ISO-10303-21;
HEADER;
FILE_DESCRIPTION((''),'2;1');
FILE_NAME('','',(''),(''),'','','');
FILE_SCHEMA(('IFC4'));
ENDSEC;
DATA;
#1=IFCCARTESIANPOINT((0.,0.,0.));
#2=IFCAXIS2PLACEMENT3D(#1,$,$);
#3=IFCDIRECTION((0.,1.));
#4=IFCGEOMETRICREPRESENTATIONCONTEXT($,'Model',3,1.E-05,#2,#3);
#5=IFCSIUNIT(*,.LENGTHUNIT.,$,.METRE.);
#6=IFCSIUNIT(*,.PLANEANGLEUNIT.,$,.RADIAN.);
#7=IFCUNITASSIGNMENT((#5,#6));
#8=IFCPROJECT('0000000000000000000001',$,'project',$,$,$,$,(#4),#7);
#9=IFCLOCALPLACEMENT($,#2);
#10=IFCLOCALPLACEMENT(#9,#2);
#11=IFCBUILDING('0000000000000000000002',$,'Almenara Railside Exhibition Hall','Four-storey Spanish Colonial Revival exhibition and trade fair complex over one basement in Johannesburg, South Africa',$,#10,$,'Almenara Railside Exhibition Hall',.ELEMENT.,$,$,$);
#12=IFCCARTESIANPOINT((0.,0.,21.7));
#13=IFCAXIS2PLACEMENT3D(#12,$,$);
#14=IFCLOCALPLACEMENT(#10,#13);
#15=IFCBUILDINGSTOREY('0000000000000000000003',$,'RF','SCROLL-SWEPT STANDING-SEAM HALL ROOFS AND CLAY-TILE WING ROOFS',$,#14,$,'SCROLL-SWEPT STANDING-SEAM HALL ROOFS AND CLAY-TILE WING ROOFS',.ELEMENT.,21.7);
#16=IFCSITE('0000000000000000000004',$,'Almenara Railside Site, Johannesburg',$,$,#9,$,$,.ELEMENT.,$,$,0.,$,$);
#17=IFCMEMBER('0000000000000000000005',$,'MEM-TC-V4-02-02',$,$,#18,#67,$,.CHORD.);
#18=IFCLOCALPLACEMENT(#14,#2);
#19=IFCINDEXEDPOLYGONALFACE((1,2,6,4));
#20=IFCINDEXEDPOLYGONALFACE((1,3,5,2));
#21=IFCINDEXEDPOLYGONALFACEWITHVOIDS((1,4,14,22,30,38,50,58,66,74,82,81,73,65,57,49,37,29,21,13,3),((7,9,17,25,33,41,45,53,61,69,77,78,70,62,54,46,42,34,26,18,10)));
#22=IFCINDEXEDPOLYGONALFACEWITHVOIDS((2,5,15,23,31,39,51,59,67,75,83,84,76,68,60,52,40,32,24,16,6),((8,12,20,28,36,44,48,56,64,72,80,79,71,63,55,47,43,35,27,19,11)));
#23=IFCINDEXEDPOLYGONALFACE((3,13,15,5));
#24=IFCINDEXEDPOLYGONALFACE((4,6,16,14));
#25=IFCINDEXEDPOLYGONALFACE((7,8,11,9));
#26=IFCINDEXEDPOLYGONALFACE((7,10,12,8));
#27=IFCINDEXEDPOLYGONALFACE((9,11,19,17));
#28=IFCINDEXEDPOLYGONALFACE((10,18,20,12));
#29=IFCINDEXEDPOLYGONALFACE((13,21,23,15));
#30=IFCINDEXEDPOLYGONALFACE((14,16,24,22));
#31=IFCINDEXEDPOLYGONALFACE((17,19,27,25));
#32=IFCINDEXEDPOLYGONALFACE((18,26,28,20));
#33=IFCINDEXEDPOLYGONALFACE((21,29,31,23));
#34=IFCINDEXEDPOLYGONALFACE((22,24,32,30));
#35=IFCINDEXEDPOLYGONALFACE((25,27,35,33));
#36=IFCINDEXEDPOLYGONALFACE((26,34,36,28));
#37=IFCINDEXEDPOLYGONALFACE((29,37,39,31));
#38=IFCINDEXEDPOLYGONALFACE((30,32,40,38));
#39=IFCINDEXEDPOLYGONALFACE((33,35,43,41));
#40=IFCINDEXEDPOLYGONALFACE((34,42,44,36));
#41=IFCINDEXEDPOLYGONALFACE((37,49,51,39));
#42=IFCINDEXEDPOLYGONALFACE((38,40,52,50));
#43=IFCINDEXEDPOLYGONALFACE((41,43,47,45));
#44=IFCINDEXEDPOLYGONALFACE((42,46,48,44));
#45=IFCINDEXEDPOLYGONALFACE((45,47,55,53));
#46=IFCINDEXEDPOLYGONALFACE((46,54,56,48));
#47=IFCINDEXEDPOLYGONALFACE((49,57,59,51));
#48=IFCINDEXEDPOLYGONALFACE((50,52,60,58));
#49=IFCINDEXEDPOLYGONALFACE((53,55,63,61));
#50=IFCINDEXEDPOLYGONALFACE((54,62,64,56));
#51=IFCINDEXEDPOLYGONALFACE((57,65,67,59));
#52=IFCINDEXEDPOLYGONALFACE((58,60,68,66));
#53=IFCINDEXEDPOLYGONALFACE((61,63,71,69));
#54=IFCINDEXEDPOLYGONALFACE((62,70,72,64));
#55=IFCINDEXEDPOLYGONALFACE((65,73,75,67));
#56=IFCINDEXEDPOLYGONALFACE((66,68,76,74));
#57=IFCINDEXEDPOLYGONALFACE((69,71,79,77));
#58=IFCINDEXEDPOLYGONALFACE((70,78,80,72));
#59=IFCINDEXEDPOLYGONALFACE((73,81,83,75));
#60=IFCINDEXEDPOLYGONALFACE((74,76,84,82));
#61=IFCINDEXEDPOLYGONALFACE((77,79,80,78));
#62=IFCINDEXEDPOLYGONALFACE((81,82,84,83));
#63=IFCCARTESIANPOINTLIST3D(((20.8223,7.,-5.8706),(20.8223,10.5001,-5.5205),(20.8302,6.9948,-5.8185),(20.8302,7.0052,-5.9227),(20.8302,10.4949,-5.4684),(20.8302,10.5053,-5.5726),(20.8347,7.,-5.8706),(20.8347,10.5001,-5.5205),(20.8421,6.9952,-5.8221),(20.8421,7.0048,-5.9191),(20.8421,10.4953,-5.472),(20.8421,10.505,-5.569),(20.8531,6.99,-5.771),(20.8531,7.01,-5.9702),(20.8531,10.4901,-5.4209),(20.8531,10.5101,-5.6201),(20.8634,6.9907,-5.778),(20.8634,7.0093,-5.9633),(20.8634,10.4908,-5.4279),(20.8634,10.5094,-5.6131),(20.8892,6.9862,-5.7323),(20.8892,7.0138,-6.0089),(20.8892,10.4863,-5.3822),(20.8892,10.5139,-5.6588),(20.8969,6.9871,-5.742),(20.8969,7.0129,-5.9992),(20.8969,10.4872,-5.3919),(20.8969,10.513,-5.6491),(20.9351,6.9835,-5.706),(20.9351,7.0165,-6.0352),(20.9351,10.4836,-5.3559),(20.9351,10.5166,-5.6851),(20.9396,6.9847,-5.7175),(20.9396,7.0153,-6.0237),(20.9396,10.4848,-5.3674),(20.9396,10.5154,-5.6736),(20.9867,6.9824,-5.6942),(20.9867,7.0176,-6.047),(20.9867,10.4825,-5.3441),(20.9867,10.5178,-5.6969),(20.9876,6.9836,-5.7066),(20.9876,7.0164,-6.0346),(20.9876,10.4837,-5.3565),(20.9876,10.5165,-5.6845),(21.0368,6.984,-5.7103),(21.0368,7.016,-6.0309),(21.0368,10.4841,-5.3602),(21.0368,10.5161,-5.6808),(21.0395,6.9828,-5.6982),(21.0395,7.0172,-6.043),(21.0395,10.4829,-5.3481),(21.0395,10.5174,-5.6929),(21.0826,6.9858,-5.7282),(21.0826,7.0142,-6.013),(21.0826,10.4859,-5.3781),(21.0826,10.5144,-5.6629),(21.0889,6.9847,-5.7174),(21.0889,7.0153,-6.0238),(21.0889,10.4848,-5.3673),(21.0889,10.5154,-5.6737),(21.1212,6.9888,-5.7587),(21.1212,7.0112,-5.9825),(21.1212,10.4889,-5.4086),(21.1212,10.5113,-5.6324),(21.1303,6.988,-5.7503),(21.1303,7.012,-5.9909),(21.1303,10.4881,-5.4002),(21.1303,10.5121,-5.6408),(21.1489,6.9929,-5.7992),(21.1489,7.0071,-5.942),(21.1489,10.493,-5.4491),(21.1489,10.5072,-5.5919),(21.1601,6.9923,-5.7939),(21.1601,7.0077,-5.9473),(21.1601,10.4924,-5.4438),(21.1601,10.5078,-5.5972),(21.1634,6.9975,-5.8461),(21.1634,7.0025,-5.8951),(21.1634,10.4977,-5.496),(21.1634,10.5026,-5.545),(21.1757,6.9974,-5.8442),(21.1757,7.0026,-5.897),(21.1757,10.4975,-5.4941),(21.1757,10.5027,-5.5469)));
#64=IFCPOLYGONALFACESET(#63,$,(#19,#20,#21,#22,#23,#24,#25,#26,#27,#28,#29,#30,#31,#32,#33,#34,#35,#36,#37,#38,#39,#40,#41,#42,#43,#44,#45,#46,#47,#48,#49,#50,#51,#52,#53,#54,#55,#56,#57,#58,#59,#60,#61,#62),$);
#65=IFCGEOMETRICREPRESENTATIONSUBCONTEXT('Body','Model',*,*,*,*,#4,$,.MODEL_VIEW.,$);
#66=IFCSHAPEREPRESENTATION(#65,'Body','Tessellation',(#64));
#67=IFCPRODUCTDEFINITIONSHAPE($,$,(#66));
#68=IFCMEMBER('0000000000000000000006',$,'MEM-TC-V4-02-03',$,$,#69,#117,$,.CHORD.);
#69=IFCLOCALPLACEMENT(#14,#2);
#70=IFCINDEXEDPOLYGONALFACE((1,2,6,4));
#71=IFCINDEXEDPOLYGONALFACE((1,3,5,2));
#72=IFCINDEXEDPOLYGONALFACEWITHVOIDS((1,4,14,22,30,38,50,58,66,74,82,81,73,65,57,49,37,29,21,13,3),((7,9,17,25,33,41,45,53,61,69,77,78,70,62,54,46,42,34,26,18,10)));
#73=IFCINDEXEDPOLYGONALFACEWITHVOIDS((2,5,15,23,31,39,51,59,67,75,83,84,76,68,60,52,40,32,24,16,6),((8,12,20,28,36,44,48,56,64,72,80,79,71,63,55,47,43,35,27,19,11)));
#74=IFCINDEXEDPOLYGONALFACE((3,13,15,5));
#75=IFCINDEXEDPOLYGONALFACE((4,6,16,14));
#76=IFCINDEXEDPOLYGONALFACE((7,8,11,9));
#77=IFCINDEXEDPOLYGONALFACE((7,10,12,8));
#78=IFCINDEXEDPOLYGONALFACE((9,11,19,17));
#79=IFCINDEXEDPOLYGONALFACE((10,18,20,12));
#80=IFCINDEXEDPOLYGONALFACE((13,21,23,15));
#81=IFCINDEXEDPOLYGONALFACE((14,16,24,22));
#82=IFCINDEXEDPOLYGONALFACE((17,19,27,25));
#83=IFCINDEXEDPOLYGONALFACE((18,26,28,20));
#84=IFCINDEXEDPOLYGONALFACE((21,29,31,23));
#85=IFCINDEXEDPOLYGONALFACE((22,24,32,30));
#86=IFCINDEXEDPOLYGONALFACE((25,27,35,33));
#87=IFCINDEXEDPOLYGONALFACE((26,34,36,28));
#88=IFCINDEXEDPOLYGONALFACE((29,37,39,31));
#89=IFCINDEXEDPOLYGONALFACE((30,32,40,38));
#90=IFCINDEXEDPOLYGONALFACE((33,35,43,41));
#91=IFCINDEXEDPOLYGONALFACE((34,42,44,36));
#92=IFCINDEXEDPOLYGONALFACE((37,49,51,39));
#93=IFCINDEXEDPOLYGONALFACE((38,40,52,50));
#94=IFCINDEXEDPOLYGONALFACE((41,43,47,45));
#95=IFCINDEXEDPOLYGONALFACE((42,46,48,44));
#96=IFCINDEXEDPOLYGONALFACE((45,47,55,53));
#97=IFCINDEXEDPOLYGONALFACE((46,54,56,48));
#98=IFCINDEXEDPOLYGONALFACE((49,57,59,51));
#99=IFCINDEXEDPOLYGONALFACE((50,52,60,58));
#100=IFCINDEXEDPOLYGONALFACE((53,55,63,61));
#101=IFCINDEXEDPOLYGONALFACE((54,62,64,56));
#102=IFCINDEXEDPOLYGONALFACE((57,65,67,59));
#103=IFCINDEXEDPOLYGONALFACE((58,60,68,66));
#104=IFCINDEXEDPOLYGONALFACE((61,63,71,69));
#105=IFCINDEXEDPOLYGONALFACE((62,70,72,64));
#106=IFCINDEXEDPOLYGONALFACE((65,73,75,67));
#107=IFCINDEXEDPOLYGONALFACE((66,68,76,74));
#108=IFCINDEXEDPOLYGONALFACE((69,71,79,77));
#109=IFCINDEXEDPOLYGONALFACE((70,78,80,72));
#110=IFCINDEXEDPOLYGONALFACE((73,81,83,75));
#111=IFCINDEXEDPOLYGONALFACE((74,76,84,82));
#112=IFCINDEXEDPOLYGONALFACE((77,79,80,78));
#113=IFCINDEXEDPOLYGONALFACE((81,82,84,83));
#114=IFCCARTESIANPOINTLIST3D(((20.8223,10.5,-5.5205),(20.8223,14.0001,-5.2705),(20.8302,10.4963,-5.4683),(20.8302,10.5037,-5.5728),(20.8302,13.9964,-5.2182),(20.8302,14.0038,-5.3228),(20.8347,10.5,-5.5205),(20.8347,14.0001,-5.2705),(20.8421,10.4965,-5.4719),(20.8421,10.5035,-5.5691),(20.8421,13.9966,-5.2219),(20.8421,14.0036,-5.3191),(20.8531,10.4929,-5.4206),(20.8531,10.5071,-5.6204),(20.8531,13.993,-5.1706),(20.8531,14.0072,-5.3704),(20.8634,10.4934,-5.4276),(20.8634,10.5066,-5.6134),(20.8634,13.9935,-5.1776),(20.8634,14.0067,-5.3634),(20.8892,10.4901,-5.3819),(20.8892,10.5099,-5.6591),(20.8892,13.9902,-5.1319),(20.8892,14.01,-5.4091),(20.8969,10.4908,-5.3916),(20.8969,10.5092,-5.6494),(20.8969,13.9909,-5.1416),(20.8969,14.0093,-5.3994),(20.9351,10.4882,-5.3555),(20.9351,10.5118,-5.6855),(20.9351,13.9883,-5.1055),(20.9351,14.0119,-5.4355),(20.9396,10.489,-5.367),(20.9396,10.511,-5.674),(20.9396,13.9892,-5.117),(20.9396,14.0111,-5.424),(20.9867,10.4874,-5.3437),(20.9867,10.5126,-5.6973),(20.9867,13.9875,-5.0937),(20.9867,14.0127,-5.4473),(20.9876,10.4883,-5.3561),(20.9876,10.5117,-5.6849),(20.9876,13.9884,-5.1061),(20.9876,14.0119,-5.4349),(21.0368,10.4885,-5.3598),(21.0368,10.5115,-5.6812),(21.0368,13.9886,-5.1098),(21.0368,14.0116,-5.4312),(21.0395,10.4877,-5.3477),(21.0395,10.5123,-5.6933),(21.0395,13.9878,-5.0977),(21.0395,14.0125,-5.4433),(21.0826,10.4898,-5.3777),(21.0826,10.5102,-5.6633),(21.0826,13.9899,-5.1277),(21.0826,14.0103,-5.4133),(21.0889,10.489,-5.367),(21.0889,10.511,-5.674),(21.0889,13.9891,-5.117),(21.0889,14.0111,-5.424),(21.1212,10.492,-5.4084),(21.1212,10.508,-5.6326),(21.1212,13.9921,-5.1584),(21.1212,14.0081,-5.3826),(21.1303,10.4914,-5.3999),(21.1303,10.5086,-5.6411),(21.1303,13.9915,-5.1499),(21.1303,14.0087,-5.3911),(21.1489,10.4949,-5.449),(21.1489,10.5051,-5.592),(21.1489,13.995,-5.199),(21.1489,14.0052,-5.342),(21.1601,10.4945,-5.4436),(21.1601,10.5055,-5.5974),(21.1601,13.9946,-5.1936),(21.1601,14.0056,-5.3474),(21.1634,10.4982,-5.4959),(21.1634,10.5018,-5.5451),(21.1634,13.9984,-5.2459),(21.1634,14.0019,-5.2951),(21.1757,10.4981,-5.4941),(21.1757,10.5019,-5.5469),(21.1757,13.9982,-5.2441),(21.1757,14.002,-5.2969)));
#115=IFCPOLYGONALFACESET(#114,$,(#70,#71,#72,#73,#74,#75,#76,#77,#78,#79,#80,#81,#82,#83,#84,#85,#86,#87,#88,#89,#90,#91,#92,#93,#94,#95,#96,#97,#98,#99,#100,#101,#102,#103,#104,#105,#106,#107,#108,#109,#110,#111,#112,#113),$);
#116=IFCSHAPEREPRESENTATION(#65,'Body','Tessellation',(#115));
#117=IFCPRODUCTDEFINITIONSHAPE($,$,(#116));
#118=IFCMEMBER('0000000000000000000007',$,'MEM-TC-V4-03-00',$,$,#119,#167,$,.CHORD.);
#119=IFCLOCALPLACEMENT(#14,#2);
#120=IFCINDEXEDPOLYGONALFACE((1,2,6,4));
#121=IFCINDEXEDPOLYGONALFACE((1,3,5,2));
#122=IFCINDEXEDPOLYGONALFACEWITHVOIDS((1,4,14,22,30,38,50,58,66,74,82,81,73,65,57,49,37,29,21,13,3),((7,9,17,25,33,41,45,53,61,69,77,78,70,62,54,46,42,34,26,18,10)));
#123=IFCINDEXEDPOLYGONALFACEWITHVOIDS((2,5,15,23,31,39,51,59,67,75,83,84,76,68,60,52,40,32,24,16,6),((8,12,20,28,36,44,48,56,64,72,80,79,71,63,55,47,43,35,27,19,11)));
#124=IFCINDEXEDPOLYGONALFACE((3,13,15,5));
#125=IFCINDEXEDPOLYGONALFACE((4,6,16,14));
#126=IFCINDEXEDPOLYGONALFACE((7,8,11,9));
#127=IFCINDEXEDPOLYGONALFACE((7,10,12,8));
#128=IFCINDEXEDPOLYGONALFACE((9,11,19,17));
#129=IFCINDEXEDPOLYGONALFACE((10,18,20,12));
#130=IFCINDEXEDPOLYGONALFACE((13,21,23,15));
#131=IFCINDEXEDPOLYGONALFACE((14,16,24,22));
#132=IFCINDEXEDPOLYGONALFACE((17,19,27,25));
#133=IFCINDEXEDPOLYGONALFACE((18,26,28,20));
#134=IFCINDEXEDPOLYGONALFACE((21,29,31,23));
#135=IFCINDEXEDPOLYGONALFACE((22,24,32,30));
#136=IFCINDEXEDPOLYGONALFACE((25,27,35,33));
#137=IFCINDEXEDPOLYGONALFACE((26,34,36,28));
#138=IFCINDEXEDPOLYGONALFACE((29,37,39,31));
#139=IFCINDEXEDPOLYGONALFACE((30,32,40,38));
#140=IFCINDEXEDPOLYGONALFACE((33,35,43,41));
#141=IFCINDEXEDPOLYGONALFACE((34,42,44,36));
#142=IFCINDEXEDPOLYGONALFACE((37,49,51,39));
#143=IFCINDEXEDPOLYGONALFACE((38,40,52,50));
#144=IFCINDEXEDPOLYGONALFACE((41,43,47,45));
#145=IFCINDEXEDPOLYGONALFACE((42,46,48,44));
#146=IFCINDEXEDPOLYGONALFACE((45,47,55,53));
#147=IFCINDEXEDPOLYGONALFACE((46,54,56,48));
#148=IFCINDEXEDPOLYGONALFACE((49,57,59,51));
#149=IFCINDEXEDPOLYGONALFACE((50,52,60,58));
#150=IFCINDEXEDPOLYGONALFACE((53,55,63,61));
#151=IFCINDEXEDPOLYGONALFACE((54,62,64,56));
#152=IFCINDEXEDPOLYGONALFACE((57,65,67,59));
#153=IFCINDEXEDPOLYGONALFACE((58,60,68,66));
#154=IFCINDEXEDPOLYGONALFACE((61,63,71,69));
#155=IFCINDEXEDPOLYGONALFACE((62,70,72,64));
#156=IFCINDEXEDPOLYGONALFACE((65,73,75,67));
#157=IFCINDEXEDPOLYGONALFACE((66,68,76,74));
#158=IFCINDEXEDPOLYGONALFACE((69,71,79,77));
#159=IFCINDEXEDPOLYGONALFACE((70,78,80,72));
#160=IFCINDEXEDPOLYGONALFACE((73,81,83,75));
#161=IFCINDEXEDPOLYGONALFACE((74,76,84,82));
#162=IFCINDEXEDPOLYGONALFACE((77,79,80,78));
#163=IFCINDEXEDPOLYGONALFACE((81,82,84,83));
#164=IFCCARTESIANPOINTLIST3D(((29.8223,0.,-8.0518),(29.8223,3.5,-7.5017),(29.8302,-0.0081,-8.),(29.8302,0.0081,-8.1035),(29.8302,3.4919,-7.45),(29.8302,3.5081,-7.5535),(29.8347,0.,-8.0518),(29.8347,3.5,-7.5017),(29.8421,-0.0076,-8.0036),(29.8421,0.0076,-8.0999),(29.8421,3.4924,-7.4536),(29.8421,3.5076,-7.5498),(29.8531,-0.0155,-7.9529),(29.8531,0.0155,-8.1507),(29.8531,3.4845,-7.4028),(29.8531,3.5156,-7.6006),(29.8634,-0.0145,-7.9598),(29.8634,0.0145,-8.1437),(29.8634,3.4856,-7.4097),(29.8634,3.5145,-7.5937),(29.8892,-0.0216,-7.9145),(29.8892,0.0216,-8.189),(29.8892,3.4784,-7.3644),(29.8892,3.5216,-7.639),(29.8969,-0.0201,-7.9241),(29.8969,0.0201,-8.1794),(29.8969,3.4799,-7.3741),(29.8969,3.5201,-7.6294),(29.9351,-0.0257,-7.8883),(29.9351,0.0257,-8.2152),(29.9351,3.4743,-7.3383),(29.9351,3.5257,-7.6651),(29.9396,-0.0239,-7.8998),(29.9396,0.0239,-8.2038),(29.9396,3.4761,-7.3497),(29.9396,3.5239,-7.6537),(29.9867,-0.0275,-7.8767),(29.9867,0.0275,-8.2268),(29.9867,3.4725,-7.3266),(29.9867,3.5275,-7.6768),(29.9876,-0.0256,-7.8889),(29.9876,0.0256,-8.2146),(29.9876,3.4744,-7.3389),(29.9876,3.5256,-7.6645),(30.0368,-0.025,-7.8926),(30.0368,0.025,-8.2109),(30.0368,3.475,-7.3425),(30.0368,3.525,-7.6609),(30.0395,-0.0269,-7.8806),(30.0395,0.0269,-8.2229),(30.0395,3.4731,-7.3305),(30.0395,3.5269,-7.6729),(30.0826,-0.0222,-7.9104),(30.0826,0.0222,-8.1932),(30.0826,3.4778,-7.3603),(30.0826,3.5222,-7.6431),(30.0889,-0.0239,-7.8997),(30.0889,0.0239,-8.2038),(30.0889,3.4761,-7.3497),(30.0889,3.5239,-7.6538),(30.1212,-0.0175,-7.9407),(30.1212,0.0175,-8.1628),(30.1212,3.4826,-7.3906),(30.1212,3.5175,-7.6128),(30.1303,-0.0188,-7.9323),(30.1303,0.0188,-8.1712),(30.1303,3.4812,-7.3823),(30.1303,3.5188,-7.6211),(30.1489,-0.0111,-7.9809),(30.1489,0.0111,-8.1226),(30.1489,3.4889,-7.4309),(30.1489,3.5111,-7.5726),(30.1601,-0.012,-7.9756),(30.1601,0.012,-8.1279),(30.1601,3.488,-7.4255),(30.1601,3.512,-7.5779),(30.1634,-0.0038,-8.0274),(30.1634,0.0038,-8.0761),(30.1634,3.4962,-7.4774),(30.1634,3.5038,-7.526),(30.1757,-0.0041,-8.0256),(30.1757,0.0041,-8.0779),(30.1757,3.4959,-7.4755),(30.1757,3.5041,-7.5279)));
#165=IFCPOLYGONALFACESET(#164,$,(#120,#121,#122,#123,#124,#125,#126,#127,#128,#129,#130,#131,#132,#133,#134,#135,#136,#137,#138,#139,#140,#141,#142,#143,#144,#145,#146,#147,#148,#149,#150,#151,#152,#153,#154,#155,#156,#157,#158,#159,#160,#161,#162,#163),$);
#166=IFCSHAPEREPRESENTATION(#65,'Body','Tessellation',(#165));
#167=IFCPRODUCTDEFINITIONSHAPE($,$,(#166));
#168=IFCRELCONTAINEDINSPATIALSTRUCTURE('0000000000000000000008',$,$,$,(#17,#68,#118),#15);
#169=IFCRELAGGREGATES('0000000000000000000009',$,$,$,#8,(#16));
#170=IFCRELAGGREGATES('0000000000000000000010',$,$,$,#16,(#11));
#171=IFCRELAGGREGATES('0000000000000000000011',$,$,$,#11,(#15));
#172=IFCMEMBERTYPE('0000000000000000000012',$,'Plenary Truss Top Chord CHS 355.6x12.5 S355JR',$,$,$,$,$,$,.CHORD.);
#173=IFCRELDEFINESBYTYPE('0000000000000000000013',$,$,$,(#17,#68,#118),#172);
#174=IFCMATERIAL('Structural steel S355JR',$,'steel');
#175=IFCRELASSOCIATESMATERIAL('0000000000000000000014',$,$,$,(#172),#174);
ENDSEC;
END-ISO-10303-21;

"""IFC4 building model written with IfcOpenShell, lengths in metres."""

from ifc_helpers import new_model, si_unit, direction, frame, origin, origin_2d, place, context, subcontext, project, spatial, hollow_circle, extrude, material, material_profile, profile_set, type_object, element, save


model = new_model("IFC4")

# Units and contexts
model_context = context("Model", 3, precision=1e-05, world=origin(), true_north=direction((0.0, 1.0)))
body_context = subcontext(model_context, "Body", "Model", "MODEL_VIEW")
ifc_project = project(units=[si_unit("LENGTHUNIT", "METRE"), si_unit("PLANEANGLEUNIT", "RADIAN")], contexts=[model_context])

# Site, building, storey
site_placement = place(None, origin())
site = spatial("IfcSite", under=ifc_project, at=site_placement, Name="Almenara Railside Site, Johannesburg", CompositionType="ELEMENT", RefElevation=0.0)
building_placement = place(site_placement, origin())
building = spatial("IfcBuilding", under=site, at=building_placement, Name="Almenara Railside Exhibition Hall", Description="Four-storey Spanish Colonial Revival exhibition and trade fair complex over one basement in Johannesburg, South Africa", LongName="Almenara Railside Exhibition Hall", CompositionType="ELEMENT")
storey_placement = place(building_placement, frame((0.0, 0.0, 21.7)))
storey = spatial("IfcBuildingStorey", under=building, at=storey_placement, Name="RF", Description="SCROLL-SWEPT STANDING-SEAM HALL ROOFS AND CLAY-TILE WING ROOFS", LongName="SCROLL-SWEPT STANDING-SEAM HALL ROOFS AND CLAY-TILE WING ROOFS", CompositionType="ELEMENT", Elevation=21.7)

# Members
ifc_material_1 = material(Name="Structural steel S355JR", Category="steel")
ifc_material_profile_1 = material_profile(ifc_material_1, hollow_circle(Radius=0.1777, WallThickness=0.0125, at=origin_2d()), Name="CHS 355.6x12.5")
ifc_profile_set_1 = profile_set([ifc_material_profile_1], Name="Structural steel S355JR")
member_type_1 = type_object("IfcMemberType", Name="Plenary Truss Top Chord CHS 355.6x12.5 S355JR", PredefinedType="CHORD", material=ifc_profile_set_1)
member_1_placement = place(storey_placement, frame((21.0, 7.0, -5.8706), z_axis=(0.0, 0.995034, 0.099531), x_axis=(-1.0, 0.0, 0.0)))
element("IfcMember", 1, at=member_1_placement, inside=storey, type_object=member_type_1, Name="MEM-TC-V4-02-02", PredefinedType="CHORD", context=body_context, shape_type="SweptSolid", body=[
    extrude(hollow_circle(Radius=0.1777, WallThickness=0.0125, at=origin_2d()), origin(), (0.0, 0.0, 1.0), 3.5176),
])
member_2_placement = place(storey_placement, frame((21.0, 10.5, -5.5205), z_axis=(0.0, 0.997459, 0.071247), x_axis=(-1.0, 0.0, 0.0)))
element("IfcMember", 2, at=member_2_placement, inside=storey, type_object=member_type_1, Name="MEM-TC-V4-02-03", PredefinedType="CHORD", context=body_context, shape_type="SweptSolid", body=[
    extrude(hollow_circle(Radius=0.1777, WallThickness=0.0125, at=origin_2d()), origin(), (0.0, 0.0, 1.0), 3.509),
])
member_3_placement = place(storey_placement, frame((30.0, 0.0, -8.0518), z_axis=(0.0, 0.987875, 0.155251), x_axis=(-1.0, 0.0, 0.0)))
element("IfcMember", 3, at=member_3_placement, inside=storey, type_object=member_type_1, Name="MEM-TC-V4-03-00", PredefinedType="CHORD", context=body_context, shape_type="SweptSolid", body=[
    extrude(hollow_circle(Radius=0.1777, WallThickness=0.0125, at=origin_2d()), origin(), (0.0, 0.0, 1.0), 3.543),
])

save(model, "model.ifc")
